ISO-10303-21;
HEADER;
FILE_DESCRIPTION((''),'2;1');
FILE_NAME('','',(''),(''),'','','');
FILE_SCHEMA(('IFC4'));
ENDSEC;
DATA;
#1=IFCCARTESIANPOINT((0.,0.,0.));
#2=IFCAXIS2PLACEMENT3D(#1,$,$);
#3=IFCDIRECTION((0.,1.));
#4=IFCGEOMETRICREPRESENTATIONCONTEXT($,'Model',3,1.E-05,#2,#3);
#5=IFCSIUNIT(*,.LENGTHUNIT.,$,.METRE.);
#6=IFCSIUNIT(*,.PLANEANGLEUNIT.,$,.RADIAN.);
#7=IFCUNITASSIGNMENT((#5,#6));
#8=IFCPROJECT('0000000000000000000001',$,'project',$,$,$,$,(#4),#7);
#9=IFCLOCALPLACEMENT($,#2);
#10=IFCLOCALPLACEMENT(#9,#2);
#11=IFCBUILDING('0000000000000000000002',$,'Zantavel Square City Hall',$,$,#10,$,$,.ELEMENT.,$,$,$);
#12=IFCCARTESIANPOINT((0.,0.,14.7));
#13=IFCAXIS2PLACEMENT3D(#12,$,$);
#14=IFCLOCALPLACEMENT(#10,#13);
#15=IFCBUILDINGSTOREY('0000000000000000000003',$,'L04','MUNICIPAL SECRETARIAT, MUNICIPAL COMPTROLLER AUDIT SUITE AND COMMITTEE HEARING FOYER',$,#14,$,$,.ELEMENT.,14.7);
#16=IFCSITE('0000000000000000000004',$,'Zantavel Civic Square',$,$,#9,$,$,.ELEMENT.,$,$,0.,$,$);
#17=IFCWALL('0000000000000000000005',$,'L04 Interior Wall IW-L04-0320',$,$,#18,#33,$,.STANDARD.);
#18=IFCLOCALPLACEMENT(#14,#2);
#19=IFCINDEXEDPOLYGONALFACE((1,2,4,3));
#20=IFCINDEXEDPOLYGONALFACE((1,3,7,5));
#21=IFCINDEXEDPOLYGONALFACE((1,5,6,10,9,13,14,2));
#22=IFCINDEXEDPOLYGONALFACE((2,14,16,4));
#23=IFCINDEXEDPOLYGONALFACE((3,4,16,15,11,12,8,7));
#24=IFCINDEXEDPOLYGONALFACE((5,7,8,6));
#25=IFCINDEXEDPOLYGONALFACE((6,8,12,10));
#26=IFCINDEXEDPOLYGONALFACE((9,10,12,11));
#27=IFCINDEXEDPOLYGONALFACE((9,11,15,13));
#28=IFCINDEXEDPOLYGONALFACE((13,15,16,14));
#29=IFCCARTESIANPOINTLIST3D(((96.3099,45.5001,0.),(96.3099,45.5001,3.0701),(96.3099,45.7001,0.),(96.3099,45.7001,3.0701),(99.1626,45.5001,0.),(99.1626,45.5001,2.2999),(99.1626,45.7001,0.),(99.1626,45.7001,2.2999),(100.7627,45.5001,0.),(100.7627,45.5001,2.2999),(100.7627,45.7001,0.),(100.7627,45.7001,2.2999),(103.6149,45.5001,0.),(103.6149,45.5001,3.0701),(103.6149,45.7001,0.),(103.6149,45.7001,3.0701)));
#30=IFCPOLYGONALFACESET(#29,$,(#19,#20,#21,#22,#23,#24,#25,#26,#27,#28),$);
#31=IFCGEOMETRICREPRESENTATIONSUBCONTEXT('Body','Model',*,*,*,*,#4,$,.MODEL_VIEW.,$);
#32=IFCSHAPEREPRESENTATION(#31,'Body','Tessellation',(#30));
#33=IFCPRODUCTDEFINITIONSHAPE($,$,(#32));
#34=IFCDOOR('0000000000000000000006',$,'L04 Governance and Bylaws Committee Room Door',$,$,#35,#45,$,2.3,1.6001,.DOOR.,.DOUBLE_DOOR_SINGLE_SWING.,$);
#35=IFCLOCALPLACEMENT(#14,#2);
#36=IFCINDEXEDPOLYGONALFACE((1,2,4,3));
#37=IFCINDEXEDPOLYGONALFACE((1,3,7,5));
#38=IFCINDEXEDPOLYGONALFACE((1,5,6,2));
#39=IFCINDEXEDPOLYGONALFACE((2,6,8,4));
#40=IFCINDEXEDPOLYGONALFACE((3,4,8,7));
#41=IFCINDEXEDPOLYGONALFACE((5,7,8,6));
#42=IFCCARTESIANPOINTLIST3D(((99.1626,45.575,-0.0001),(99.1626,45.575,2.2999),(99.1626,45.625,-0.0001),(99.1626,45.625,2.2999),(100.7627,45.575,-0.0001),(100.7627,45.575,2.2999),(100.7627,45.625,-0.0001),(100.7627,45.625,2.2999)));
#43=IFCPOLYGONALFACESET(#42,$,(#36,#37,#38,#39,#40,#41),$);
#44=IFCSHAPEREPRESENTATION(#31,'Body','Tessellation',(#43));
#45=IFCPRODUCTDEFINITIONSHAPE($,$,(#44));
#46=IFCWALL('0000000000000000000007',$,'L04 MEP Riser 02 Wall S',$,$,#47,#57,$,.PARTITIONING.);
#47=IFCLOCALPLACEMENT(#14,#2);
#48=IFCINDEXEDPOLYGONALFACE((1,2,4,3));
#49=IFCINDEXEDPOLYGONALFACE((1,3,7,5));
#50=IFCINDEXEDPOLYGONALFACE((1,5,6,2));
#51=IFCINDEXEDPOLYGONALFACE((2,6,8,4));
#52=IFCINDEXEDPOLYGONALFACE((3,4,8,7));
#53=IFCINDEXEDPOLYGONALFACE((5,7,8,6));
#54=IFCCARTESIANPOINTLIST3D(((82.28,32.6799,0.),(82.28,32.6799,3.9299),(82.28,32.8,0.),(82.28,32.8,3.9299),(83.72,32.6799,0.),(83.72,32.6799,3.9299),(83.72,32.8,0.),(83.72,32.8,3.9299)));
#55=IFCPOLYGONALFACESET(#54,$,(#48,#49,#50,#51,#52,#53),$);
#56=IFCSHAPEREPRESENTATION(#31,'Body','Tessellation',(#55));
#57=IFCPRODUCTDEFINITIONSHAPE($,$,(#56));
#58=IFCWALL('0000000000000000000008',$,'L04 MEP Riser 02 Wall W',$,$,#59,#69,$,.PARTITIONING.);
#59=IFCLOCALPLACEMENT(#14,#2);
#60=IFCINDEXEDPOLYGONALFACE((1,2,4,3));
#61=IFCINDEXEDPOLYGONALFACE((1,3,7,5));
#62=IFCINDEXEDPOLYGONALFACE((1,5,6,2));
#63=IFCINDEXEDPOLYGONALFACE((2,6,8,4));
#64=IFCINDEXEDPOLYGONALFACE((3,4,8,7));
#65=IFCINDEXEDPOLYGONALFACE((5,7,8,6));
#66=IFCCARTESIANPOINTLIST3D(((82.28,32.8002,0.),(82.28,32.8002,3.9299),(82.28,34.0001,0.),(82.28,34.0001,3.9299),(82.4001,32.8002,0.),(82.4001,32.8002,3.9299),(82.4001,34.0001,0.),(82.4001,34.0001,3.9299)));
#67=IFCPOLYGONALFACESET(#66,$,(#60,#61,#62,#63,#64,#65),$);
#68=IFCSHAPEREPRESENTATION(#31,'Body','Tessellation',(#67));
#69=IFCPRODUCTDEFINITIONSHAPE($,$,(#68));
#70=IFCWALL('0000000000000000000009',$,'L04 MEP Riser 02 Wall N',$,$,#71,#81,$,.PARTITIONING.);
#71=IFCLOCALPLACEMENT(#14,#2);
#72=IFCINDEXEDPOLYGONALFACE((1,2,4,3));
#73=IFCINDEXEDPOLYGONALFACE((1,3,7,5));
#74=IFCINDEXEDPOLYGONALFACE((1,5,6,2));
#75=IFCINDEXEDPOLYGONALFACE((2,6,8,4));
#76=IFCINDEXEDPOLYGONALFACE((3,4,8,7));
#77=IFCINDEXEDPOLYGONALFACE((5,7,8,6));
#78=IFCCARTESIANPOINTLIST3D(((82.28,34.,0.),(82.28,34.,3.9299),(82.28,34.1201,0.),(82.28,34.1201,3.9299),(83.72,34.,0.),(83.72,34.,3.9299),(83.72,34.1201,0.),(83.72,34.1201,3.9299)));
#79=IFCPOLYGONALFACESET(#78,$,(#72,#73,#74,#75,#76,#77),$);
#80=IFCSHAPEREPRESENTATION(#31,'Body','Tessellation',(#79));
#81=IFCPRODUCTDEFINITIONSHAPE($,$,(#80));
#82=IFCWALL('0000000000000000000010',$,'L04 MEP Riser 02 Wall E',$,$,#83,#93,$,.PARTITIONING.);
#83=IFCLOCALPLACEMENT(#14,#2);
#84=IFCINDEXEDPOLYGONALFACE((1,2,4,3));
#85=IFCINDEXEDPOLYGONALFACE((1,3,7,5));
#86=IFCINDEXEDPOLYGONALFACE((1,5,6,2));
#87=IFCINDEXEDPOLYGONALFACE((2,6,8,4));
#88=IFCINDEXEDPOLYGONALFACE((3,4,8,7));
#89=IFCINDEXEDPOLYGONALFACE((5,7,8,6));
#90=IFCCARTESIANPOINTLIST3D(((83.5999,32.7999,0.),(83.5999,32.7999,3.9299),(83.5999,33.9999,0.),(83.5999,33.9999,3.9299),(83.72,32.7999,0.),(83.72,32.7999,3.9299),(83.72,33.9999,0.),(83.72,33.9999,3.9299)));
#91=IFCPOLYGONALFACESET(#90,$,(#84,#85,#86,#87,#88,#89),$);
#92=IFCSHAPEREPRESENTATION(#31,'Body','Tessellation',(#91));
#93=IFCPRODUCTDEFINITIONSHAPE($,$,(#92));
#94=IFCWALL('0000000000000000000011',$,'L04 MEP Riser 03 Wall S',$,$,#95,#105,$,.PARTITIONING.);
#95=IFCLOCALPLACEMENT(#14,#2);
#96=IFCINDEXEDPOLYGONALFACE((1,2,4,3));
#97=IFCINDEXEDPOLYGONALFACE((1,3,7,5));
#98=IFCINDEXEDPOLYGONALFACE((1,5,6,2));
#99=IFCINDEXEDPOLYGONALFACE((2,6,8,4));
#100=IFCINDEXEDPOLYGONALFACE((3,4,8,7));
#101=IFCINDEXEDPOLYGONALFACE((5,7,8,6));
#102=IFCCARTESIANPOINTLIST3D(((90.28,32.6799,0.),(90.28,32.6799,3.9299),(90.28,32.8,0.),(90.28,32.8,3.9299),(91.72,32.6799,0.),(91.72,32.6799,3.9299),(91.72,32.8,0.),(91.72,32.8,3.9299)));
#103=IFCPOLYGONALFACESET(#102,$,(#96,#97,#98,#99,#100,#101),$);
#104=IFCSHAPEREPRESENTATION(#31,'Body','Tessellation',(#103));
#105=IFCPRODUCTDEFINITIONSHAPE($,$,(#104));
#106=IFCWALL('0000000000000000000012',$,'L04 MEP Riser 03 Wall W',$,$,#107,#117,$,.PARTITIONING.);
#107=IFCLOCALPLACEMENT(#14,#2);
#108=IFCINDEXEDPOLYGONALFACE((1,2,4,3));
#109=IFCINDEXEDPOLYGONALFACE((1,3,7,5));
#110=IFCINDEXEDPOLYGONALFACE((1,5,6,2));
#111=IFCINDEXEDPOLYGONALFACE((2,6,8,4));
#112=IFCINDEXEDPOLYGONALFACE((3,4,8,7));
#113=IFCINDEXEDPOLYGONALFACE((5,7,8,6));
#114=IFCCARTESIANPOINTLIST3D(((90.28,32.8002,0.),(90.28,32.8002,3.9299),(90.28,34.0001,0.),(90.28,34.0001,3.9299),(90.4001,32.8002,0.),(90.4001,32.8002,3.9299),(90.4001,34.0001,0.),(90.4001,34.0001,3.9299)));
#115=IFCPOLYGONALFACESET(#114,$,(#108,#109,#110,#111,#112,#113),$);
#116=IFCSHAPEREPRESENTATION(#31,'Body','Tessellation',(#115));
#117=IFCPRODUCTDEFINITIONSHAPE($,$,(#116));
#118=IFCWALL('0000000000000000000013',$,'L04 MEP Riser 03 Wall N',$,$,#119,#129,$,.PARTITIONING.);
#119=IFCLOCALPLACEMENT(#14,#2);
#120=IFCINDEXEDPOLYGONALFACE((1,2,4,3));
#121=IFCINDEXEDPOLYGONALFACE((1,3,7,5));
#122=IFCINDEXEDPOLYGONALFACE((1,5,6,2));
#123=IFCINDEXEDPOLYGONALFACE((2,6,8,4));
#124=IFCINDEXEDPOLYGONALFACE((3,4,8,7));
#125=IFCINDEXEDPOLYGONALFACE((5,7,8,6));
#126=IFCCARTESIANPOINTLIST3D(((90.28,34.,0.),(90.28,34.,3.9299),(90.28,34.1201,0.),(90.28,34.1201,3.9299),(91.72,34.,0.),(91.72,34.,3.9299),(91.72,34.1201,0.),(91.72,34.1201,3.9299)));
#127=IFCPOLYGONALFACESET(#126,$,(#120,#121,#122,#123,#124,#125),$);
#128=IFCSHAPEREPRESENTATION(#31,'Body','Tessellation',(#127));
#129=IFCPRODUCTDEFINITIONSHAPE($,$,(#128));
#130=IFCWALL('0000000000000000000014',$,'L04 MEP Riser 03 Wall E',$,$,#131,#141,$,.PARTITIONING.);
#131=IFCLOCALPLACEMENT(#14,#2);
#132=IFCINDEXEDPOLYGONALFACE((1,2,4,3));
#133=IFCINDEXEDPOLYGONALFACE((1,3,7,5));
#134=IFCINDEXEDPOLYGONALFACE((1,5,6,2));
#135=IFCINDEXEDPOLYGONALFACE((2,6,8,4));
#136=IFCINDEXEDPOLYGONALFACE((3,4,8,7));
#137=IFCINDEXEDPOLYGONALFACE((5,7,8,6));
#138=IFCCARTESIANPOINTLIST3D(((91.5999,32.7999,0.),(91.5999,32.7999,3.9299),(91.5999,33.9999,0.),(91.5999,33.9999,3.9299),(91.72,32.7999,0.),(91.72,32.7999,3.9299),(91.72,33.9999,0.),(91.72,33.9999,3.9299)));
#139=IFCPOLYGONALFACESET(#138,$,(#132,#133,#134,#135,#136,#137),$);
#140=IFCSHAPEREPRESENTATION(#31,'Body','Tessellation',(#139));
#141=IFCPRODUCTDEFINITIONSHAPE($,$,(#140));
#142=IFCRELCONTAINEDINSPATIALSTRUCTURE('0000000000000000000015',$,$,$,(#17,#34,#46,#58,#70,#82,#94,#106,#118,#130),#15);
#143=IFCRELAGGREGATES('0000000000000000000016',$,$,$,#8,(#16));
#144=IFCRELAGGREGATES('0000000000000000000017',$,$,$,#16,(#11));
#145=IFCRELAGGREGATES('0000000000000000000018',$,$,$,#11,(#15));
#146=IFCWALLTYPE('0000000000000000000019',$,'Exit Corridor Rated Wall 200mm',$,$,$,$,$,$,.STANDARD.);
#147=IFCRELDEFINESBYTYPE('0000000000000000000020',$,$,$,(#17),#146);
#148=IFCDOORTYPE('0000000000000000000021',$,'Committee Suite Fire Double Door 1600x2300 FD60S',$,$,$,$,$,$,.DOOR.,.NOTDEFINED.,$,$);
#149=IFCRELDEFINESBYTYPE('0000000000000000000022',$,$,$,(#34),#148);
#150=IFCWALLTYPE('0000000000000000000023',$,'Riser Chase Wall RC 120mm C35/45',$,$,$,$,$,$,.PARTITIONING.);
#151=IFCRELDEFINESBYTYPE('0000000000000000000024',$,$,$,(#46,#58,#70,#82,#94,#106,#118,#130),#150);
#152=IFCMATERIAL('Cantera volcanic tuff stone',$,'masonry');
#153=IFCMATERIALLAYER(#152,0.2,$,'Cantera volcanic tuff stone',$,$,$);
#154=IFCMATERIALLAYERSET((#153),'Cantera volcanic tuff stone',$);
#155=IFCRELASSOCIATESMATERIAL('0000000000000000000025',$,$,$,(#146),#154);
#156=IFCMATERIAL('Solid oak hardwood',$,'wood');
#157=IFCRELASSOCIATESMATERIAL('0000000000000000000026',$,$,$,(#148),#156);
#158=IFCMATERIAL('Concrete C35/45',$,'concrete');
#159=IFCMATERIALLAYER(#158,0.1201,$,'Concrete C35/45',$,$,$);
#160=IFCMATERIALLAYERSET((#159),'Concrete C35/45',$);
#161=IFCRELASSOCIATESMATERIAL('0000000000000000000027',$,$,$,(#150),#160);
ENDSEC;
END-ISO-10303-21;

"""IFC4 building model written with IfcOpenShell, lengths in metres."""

from ifc_helpers import new_model, si_unit, direction, frame, frame_2d, origin, place, context, subcontext, project, spatial, rectangle, extrude, material, layer, layer_set, type_object, element, fill, save


model = new_model("IFC4")

# Units and contexts
model_context = context("Model", 3, precision=1e-05, world=origin(), true_north=direction((0.0, 1.0)))
body_context = subcontext(model_context, "Body", "Model", "MODEL_VIEW")
ifc_project = project(units=[si_unit("LENGTHUNIT", "METRE"), si_unit("PLANEANGLEUNIT", "RADIAN")], contexts=[model_context])

# Site, building, storey
site_placement = place(None, origin())
site = spatial("IfcSite", under=ifc_project, at=site_placement, Name="Zantavel Civic Square", CompositionType="ELEMENT", RefElevation=0.0)
building_placement = place(site_placement, origin())
building = spatial("IfcBuilding", under=site, at=building_placement, Name="Zantavel Square City Hall", CompositionType="ELEMENT")
storey_placement = place(building_placement, frame((0.0, 0.0, 14.7)))
storey = spatial("IfcBuildingStorey", under=building, at=storey_placement, Name="L04", Description="MUNICIPAL SECRETARIAT, MUNICIPAL COMPTROLLER AUDIT SUITE AND COMMITTEE HEARING FOYER", CompositionType="ELEMENT", Elevation=14.7)

# Shared definitions
ifc_material_1 = material(Name="Concrete C35/45", Category="concrete")

# Shared definitions
ifc_material_2 = material(Name="Cantera volcanic tuff stone", Category="masonry")
ifc_layer_1 = layer(ifc_material_2, 0.2, Name="Cantera volcanic tuff stone")
ifc_layer_set_1 = layer_set([ifc_layer_1], Name="Cantera volcanic tuff stone")
wall_type_1 = type_object("IfcWallType", Name="Exit Corridor Rated Wall 200mm", PredefinedType="STANDARD", material=ifc_layer_set_1)

# Wall, opening, door
wall_1_placement = place(storey_placement, frame((96.3101, 45.6001, 0.0), z_axis=(0.0, 0.0, 1.0), x_axis=(1.0, 0.0, 0.0)))
wall_1 = element("IfcWall", 1, at=wall_1_placement, inside=storey, type_object=wall_type_1, Name="L04 Interior Wall IW-L04-0320", PredefinedType="STANDARD", context=body_context, shape_type="SweptSolid", body=[
    extrude(rectangle(XDim=7.3049, YDim=0.2, at=frame_2d((3.6523, 0.0))), origin(), (0.0, 0.0, 1.0), 3.0701),
])
opening_placement = place(wall_1_placement, frame((2.8525, 0.0, 0.0)))
opening = element("IfcOpeningElement", 2, at=opening_placement, cuts=wall_1, PredefinedType="OPENING", context=body_context, shape_type="SweptSolid", body=[
    extrude(rectangle(XDim=1.6001, YDim=2.3, at=frame_2d((0.8, 1.1499))), frame((0.0, 0.1099, 0.0), z_axis=(0.0, -1.0, 0.0), x_axis=(1.0, 0.0, 0.0)), (0.0, 0.0, 1.0), 0.22),
])
ifc_material_3 = material(Name="Solid oak hardwood", Category="wood")
door_type = type_object("IfcDoorType", Name="Committee Suite Fire Double Door 1600x2300 FD60S", OperationType="NOTDEFINED", PredefinedType="DOOR", material=ifc_material_3)
door_placement = place(opening_placement, origin())
door = element("IfcDoor", 3, at=door_placement, inside=storey, type_object=door_type, Name="L04 Governance and Bylaws Committee Room Door", OperationType="DOUBLE_DOOR_SINGLE_SWING", OverallHeight=2.3, OverallWidth=1.6001, PredefinedType="DOOR", context=body_context, shape_type="SweptSolid", body=[
    extrude(rectangle(XDim=1.6001, YDim=2.3, at=frame_2d((0.8, 1.1499))), frame((0.0, 0.0249, 0.0), z_axis=(0.0, -1.0, 0.0), x_axis=(1.0, 0.0, 0.0)), (0.0, 0.0, 1.0), 0.05),
])
fill(opening, door)

# Walls
ifc_layer_2 = layer(ifc_material_1, 0.1201, Name="Concrete C35/45")
ifc_layer_set_2 = layer_set([ifc_layer_2], Name="Concrete C35/45")
wall_type_2 = type_object("IfcWallType", Name="Riser Chase Wall RC 120mm C35/45", PredefinedType="PARTITIONING", material=ifc_layer_set_2)
wall_2_placement = place(storey_placement, frame((83.72, 32.74, 0.0), z_axis=(0.0, 0.0, 1.0), x_axis=(-1.0, 0.0, 0.0)))
element("IfcWall", 4, at=wall_2_placement, inside=storey, type_object=wall_type_2, Name="L04 MEP Riser 02 Wall S", PredefinedType="PARTITIONING", context=body_context, shape_type="SweptSolid", body=[
    extrude(rectangle(XDim=1.4399, YDim=0.1201, at=frame_2d((0.72, 0.0))), origin(), (0.0, 0.0, 1.0), 3.9299),
])
wall_3_placement = place(storey_placement, frame((82.3401, 32.8, 0.0), z_axis=(0.0, 0.0, 1.0), x_axis=(0.0, 1.0, 0.0)))
element("IfcWall", 5, at=wall_3_placement, inside=storey, type_object=wall_type_2, Name="L04 MEP Riser 02 Wall W", PredefinedType="PARTITIONING", context=body_context, shape_type="SweptSolid", body=[
    extrude(rectangle(XDim=1.2, YDim=0.1201, at=frame_2d((0.6001, 0.0))), origin(), (0.0, 0.0, 1.0), 3.9299),
])
wall_4_placement = place(storey_placement, frame((82.28, 34.0601, 0.0), z_axis=(0.0, 0.0, 1.0), x_axis=(1.0, 0.0, 0.0)))
element("IfcWall", 6, at=wall_4_placement, inside=storey, type_object=wall_type_2, Name="L04 MEP Riser 02 Wall N", PredefinedType="PARTITIONING", context=body_context, shape_type="SweptSolid", body=[
    extrude(rectangle(XDim=1.4399, YDim=0.1201, at=frame_2d((0.72, 0.0))), origin(), (0.0, 0.0, 1.0), 3.9299),
])
wall_5_placement = place(storey_placement, frame((83.6599, 34.0, 0.0), z_axis=(0.0, 0.0, 1.0), x_axis=(0.0, -1.0, 0.0)))
element("IfcWall", 7, at=wall_5_placement, inside=storey, type_object=wall_type_2, Name="L04 MEP Riser 02 Wall E", PredefinedType="PARTITIONING", context=body_context, shape_type="SweptSolid", body=[
    extrude(rectangle(XDim=1.2, YDim=0.1201, at=frame_2d((0.6001, 0.0))), origin(), (0.0, 0.0, 1.0), 3.9299),
])
wall_6_placement = place(storey_placement, frame((91.72, 32.74, 0.0), z_axis=(0.0, 0.0, 1.0), x_axis=(-1.0, 0.0, 0.0)))
element("IfcWall", 8, at=wall_6_placement, inside=storey, type_object=wall_type_2, Name="L04 MEP Riser 03 Wall S", PredefinedType="PARTITIONING", context=body_context, shape_type="SweptSolid", body=[
    extrude(rectangle(XDim=1.4399, YDim=0.1201, at=frame_2d((0.72, 0.0))), origin(), (0.0, 0.0, 1.0), 3.9299),
])
wall_7_placement = place(storey_placement, frame((90.3401, 32.8, 0.0), z_axis=(0.0, 0.0, 1.0), x_axis=(0.0, 1.0, 0.0)))
element("IfcWall", 9, at=wall_7_placement, inside=storey, type_object=wall_type_2, Name="L04 MEP Riser 03 Wall W", PredefinedType="PARTITIONING", context=body_context, shape_type="SweptSolid", body=[
    extrude(rectangle(XDim=1.2, YDim=0.1201, at=frame_2d((0.6001, 0.0))), origin(), (0.0, 0.0, 1.0), 3.9299),
])
wall_8_placement = place(storey_placement, frame((90.28, 34.0601, 0.0), z_axis=(0.0, 0.0, 1.0), x_axis=(1.0, 0.0, 0.0)))
element("IfcWall", 10, at=wall_8_placement, inside=storey, type_object=wall_type_2, Name="L04 MEP Riser 03 Wall N", PredefinedType="PARTITIONING", context=body_context, shape_type="SweptSolid", body=[
    extrude(rectangle(XDim=1.4399, YDim=0.1201, at=frame_2d((0.72, 0.0))), origin(), (0.0, 0.0, 1.0), 3.9299),
])
wall_9_placement = place(storey_placement, frame((91.6599, 34.0, 0.0), z_axis=(0.0, 0.0, 1.0), x_axis=(0.0, -1.0, 0.0)))
element("IfcWall", 11, at=wall_9_placement, inside=storey, type_object=wall_type_2, Name="L04 MEP Riser 03 Wall E", PredefinedType="PARTITIONING", context=body_context, shape_type="SweptSolid", body=[
    extrude(rectangle(XDim=1.2, YDim=0.1201, at=frame_2d((0.6001, 0.0))), origin(), (0.0, 0.0, 1.0), 3.9299),
])

save(model, "model.ifc")
